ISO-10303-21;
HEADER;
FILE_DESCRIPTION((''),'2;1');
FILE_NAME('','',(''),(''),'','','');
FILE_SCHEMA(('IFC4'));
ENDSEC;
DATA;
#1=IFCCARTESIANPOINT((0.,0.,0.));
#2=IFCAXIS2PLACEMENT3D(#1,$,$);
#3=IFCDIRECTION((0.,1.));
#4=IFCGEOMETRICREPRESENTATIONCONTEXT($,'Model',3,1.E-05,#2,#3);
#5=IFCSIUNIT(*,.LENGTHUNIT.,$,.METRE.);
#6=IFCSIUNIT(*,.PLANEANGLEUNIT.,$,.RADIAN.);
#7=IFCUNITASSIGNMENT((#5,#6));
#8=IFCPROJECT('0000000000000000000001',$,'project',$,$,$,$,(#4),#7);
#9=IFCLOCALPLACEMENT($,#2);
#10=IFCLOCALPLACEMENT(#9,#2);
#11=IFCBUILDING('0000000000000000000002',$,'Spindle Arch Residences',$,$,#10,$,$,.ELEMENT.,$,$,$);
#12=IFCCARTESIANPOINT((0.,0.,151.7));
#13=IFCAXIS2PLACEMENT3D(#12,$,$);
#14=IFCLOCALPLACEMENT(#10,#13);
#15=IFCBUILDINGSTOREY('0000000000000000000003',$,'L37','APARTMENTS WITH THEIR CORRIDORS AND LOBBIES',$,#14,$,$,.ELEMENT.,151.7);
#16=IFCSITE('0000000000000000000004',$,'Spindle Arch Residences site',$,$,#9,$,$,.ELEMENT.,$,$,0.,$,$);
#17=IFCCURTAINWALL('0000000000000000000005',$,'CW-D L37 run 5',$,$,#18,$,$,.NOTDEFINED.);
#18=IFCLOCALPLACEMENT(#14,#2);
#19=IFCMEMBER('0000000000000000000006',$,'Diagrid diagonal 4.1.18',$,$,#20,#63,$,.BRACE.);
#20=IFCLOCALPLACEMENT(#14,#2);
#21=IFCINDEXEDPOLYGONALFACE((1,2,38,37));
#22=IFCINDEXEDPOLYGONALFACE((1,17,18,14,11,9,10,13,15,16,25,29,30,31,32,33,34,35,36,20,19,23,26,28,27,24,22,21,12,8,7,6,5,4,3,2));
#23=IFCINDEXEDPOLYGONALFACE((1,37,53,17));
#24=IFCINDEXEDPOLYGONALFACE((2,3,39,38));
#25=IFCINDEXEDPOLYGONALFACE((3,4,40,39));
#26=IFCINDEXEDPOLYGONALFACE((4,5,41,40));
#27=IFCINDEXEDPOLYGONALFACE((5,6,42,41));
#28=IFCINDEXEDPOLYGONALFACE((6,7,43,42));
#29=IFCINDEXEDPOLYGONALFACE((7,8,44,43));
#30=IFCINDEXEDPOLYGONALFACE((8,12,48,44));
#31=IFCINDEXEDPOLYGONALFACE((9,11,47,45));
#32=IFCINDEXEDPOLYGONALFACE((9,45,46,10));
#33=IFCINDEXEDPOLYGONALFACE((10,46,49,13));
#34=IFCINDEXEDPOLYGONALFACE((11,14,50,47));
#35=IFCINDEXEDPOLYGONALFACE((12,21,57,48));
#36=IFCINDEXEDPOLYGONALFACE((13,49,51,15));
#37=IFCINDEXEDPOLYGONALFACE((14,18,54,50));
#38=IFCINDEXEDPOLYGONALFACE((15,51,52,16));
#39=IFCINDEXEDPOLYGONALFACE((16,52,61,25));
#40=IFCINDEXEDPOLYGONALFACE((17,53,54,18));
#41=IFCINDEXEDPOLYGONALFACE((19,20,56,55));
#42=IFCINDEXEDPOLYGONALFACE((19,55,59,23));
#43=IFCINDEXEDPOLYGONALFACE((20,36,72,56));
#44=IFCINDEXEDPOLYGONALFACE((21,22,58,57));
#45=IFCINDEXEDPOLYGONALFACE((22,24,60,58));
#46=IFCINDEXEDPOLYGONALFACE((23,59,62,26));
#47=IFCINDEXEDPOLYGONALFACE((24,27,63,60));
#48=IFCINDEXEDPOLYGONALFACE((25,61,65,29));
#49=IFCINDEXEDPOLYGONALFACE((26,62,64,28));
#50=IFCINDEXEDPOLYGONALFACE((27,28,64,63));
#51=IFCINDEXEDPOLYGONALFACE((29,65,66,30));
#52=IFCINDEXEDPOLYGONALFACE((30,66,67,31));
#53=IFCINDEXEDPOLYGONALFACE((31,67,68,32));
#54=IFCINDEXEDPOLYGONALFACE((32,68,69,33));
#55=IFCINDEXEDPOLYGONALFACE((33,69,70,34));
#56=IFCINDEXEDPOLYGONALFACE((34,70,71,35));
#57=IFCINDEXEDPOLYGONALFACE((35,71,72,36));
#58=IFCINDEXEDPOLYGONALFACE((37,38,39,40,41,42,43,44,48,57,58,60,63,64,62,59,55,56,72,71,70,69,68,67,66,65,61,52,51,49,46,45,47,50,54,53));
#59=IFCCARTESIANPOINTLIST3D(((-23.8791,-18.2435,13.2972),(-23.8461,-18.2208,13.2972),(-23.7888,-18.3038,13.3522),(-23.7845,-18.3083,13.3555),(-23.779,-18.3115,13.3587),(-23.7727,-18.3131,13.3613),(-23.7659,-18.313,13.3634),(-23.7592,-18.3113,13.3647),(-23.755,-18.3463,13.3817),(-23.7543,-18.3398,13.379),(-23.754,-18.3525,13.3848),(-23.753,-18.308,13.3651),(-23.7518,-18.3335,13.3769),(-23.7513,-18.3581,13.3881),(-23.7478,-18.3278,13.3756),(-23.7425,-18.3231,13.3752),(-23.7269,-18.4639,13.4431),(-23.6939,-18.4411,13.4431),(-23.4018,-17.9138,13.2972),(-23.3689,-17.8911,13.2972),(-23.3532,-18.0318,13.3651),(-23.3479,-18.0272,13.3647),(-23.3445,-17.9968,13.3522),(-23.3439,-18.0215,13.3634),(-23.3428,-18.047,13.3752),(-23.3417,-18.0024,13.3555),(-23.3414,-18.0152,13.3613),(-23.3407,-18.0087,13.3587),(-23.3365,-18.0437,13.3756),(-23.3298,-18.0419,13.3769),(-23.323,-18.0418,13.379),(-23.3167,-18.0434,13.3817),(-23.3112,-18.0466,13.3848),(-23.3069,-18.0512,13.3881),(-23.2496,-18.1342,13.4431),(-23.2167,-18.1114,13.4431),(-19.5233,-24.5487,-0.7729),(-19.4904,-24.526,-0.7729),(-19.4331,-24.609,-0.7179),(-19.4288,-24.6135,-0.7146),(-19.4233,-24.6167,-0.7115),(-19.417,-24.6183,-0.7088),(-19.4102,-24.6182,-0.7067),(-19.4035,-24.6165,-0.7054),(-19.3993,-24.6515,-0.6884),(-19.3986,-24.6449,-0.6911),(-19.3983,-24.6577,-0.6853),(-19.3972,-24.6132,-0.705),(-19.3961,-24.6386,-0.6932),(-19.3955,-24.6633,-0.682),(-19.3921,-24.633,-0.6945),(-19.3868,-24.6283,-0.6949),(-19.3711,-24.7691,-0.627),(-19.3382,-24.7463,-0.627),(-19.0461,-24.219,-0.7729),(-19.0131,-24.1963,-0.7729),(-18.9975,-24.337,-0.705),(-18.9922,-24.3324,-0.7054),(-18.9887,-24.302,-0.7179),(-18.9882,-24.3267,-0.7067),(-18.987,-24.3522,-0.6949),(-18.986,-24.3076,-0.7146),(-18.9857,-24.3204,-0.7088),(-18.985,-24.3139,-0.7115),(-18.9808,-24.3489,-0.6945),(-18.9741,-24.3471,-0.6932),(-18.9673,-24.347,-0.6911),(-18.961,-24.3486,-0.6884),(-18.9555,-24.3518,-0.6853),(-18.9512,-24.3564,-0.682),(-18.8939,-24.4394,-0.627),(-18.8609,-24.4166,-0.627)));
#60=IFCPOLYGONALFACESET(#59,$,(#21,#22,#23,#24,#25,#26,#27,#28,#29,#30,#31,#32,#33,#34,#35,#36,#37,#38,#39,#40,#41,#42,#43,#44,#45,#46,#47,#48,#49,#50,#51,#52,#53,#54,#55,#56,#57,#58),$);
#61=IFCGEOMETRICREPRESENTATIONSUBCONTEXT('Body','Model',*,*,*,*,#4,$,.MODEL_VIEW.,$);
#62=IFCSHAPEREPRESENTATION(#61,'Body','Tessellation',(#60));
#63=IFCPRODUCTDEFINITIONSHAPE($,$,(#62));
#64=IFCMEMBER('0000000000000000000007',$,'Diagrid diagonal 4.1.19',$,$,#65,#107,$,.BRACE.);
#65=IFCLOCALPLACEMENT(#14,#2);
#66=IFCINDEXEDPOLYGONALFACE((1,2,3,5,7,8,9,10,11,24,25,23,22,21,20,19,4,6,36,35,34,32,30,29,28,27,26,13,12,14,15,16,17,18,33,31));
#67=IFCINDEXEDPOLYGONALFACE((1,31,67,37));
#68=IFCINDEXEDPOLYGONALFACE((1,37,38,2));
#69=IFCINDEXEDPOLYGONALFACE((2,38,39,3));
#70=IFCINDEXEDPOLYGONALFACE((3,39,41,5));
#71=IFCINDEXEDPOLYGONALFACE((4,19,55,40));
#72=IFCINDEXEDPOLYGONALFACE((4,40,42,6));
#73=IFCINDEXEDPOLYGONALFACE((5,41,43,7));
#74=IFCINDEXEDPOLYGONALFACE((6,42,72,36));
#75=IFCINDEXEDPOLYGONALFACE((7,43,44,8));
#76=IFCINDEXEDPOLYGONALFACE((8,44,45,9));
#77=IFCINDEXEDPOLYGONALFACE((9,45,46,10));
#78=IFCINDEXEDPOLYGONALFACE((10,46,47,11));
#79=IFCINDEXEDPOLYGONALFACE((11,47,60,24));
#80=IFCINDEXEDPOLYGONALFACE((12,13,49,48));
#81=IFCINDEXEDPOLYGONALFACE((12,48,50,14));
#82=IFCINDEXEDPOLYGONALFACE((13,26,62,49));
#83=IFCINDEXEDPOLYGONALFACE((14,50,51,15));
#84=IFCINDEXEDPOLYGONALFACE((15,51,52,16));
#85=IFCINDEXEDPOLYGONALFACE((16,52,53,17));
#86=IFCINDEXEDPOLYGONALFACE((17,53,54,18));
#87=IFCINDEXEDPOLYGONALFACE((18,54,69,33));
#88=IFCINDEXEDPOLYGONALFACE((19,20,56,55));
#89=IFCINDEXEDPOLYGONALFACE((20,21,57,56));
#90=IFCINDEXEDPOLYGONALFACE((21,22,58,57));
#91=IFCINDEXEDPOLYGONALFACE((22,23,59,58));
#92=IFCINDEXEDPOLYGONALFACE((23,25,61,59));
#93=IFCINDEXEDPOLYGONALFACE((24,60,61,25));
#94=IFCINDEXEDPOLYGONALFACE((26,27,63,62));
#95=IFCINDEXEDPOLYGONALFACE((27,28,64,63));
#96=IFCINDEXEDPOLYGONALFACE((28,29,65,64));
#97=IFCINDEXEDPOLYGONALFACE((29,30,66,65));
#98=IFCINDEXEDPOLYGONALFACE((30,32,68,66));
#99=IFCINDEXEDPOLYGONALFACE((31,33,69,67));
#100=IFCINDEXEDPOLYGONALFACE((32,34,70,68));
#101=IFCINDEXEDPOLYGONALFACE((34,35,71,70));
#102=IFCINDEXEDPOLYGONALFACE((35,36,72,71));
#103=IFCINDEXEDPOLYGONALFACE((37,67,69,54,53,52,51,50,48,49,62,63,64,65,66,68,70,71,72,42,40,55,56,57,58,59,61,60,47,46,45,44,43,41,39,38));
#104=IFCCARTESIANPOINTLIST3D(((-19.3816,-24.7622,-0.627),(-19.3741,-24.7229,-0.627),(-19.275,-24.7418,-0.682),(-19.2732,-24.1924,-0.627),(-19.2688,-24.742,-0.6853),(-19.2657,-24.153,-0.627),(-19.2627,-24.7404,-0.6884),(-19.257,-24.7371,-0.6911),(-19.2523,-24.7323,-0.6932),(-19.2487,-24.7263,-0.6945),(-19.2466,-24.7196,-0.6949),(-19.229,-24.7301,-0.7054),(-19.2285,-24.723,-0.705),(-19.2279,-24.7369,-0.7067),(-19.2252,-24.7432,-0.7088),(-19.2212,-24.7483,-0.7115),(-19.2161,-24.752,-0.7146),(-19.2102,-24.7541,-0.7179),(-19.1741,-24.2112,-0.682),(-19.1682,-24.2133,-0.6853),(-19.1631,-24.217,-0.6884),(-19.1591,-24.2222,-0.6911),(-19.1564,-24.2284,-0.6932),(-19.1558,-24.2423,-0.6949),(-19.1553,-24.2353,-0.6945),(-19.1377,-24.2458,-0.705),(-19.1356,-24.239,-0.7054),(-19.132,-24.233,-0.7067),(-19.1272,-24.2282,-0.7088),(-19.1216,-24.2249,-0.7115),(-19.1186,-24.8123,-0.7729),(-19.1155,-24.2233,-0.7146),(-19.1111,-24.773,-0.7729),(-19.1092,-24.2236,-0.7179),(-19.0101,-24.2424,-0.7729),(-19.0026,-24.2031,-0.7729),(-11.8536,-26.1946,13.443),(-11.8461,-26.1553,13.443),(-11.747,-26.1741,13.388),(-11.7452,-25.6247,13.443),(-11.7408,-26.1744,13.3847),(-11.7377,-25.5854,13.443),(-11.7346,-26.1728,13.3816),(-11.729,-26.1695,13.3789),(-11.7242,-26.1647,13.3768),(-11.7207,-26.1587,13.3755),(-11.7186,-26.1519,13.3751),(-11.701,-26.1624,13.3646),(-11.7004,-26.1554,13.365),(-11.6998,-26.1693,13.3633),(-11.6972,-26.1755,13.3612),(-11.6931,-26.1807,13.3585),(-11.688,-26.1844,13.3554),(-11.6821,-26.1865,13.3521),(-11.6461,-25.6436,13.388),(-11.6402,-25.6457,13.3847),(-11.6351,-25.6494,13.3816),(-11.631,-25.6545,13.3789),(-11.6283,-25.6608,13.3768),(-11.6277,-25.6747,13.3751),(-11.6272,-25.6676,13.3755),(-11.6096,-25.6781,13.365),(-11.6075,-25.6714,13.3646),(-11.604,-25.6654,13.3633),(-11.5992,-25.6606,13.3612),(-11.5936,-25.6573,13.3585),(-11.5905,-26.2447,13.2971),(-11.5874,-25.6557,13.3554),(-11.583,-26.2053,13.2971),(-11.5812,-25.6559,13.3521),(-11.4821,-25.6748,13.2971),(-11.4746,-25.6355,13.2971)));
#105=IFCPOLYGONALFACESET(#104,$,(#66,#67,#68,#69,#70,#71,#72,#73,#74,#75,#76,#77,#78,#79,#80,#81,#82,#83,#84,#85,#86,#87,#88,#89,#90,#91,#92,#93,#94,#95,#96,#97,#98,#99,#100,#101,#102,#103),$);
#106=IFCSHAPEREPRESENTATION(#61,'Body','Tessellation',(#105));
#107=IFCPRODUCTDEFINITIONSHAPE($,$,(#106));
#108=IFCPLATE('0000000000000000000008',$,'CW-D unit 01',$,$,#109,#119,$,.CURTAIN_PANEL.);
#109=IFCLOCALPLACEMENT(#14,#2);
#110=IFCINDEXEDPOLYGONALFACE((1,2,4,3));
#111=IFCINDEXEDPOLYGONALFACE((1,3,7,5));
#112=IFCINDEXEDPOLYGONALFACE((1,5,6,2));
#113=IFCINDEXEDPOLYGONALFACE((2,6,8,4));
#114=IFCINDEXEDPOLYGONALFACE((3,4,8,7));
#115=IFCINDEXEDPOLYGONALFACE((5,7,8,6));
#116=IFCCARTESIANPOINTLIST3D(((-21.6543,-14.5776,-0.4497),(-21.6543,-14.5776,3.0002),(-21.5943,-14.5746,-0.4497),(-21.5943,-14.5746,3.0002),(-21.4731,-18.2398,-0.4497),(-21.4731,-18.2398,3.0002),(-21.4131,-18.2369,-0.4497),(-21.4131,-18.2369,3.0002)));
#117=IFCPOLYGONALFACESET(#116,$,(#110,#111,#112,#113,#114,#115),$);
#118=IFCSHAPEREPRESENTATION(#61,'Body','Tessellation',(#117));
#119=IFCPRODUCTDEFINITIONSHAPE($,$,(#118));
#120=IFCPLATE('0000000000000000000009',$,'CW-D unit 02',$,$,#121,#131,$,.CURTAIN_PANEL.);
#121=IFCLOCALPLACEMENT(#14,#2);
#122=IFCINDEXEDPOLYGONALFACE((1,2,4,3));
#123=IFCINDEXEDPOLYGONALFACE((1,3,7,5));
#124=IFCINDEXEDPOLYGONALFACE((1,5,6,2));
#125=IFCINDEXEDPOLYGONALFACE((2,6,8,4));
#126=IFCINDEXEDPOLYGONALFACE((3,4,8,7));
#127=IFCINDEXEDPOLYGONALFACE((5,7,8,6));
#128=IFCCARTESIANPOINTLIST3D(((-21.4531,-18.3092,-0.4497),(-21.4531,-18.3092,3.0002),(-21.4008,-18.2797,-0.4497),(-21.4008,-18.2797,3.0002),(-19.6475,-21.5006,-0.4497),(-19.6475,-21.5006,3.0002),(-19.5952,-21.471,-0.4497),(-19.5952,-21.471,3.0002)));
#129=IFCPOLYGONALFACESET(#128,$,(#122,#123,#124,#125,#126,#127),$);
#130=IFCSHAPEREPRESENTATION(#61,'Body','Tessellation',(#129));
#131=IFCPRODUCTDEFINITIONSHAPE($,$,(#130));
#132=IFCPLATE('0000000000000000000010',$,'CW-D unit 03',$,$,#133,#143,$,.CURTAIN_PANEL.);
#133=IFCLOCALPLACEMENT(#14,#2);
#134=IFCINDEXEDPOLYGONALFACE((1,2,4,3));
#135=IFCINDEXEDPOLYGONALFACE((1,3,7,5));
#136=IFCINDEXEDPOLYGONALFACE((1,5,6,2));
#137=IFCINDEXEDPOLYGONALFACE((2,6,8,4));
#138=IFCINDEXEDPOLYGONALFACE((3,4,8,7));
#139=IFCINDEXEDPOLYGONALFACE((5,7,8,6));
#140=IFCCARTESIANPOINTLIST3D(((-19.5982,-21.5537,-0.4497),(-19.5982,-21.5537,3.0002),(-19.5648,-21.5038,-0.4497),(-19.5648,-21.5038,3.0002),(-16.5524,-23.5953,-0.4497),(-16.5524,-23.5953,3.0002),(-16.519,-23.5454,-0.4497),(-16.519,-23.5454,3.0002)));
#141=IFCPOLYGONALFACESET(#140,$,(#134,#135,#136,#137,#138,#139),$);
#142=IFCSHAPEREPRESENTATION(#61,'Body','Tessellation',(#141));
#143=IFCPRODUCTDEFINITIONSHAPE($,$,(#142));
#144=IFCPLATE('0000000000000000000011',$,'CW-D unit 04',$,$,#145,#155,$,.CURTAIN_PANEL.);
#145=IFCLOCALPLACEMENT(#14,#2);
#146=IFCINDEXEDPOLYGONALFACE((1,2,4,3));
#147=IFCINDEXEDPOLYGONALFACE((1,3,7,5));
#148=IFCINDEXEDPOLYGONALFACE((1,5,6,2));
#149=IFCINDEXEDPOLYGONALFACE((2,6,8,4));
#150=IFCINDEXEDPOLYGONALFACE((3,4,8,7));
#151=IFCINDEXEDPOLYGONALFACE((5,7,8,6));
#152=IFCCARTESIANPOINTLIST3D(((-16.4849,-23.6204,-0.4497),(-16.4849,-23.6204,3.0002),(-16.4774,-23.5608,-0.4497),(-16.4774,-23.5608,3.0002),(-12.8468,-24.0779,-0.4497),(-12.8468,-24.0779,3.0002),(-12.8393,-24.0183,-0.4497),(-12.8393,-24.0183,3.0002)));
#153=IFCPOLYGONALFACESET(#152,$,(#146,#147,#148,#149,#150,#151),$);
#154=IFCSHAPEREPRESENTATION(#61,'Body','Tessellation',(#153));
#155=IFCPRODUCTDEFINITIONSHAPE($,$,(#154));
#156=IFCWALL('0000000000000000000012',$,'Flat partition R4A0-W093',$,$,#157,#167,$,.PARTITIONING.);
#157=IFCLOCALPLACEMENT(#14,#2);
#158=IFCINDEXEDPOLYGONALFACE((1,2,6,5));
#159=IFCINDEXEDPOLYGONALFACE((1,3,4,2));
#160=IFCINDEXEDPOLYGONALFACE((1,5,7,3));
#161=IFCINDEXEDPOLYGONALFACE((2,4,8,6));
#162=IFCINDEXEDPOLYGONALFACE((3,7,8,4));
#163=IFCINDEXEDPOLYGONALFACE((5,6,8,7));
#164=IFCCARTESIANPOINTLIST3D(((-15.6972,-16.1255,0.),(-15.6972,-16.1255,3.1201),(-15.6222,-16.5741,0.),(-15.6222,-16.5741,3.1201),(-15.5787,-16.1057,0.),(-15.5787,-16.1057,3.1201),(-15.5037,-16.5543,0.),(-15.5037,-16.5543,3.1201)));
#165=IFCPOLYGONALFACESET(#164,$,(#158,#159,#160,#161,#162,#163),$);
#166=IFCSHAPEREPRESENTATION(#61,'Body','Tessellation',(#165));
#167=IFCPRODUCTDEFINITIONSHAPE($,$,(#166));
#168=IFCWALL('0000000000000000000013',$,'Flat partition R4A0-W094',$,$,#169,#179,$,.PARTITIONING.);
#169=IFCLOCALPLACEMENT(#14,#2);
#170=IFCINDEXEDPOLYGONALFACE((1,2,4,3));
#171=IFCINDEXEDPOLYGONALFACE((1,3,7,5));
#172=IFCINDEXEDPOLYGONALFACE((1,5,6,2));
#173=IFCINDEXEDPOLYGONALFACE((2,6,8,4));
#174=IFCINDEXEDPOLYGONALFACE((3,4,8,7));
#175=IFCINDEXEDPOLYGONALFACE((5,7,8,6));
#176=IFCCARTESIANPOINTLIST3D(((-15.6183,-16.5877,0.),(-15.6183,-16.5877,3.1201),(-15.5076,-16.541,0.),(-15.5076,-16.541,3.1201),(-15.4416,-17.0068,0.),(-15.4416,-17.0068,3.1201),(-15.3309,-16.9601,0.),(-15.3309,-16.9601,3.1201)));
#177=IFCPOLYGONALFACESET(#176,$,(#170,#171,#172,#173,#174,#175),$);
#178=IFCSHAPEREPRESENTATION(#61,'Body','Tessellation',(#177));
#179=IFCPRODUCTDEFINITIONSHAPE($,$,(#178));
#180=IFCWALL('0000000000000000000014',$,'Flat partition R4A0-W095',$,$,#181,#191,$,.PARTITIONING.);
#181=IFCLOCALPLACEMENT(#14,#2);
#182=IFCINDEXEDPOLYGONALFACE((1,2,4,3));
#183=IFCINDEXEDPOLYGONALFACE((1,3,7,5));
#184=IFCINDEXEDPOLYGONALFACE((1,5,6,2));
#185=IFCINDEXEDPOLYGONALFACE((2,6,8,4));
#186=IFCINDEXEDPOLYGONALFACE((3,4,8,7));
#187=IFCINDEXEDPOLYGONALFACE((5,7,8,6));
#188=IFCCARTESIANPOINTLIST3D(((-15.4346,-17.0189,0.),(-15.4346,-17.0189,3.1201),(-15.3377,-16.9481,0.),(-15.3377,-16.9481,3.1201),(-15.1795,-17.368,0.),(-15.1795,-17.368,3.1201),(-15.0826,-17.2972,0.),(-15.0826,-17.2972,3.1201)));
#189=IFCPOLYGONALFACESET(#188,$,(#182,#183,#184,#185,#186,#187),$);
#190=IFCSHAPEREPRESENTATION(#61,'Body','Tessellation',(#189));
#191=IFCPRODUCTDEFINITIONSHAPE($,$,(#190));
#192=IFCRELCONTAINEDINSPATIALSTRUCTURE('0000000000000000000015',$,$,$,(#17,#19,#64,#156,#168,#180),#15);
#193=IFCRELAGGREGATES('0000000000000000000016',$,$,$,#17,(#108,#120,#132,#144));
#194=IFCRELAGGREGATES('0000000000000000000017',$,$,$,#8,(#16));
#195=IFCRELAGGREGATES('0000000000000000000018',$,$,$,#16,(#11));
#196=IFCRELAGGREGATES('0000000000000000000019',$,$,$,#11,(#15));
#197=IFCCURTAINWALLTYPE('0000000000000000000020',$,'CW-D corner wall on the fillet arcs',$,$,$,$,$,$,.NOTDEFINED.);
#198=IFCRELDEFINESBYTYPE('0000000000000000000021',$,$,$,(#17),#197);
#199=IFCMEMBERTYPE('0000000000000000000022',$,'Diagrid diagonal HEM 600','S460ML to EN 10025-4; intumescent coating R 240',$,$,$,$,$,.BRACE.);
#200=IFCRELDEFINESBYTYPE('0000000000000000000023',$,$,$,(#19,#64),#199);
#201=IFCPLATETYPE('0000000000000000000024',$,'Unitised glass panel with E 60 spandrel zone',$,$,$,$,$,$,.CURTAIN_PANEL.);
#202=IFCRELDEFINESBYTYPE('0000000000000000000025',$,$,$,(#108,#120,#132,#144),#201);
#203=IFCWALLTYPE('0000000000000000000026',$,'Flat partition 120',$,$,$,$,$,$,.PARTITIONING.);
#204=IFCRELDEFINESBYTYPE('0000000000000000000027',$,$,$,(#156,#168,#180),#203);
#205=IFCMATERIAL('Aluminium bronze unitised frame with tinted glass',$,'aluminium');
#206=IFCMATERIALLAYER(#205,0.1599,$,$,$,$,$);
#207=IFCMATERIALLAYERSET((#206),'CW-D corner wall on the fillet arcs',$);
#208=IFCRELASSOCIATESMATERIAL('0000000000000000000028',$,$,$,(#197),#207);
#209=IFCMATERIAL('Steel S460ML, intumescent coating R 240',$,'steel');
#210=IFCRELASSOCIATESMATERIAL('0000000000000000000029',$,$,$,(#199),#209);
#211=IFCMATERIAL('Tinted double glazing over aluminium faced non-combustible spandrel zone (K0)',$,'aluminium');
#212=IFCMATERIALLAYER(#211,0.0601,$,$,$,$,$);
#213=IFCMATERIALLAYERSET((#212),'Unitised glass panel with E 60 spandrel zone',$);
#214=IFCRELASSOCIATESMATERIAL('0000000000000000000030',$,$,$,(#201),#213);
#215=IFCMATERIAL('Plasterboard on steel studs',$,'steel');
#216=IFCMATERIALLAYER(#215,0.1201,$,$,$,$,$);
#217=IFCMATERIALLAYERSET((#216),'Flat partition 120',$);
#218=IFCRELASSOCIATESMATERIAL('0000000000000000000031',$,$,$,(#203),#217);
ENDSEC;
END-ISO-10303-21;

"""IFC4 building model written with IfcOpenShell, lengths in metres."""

from ifc_helpers import new_model, si_unit, direction, frame, frame_2d, origin, origin_2d, place, context, subcontext, project, spatial, rectangle, i_section, extrude, material, layer, layer_set, material_profile, profile_set, type_object, element, aggregate, save


model = new_model("IFC4")

# Units and contexts
model_context = context("Model", 3, precision=1e-05, world=origin(), true_north=direction((0.0, 1.0)))
body_context = subcontext(model_context, "Body", "Model", "MODEL_VIEW")
ifc_project = project(units=[si_unit("LENGTHUNIT", "METRE"), si_unit("PLANEANGLEUNIT", "RADIAN")], contexts=[model_context])

# Site, building, storey
site_placement = place(None, origin())
site = spatial("IfcSite", under=ifc_project, at=site_placement, Name="Spindle Arch Residences site", CompositionType="ELEMENT", RefElevation=0.0)
building_placement = place(site_placement, origin())
building = spatial("IfcBuilding", under=site, at=building_placement, Name="Spindle Arch Residences", CompositionType="ELEMENT")
storey_placement = place(building_placement, frame((0.0, 0.0, 151.7)))
storey = spatial("IfcBuildingStorey", under=building, at=storey_placement, Name="L37", Description="APARTMENTS WITH THEIR CORRIDORS AND LOBBIES", CompositionType="ELEMENT", Elevation=151.7)

# Curtain wall
ifc_material_1 = material(Name="Aluminium bronze unitised frame with tinted glass", Category="aluminium")
ifc_layer_1 = layer(ifc_material_1, 0.1599)
ifc_layer_set_1 = layer_set([ifc_layer_1], Name="CW-D corner wall on the fillet arcs")
curtain_wall_type = type_object("IfcCurtainWallType", Name="CW-D corner wall on the fillet arcs", PredefinedType="NOTDEFINED", material=ifc_layer_set_1)
curtain_wall_placement = place(storey_placement, origin())
curtain_wall = element("IfcCurtainWall", 1, at=curtain_wall_placement, inside=storey, type_object=curtain_wall_type, Name="CW-D L37 run 5", PredefinedType="NOTDEFINED")

# Members
ifc_material_2 = material(Name="Steel S460ML, intumescent coating R 240", Category="steel")
ifc_material_profile_1 = material_profile(ifc_material_2, i_section(OverallWidth=0.3049, OverallDepth=0.6201, WebThickness=0.021, FlangeThickness=0.04, FilletRadius=0.0271, at=origin_2d()), Name="HEM 600")
ifc_profile_set_1 = profile_set([ifc_material_profile_1], Name="Steel S460ML, intumescent coating R 240")
member_type_1 = type_object("IfcMemberType", Name="Diagrid diagonal HEM 600", Description="S460ML to EN 10025-4; intumescent coating R 240", PredefinedType="BRACE", material=ifc_profile_set_1)
member_1_placement = place(storey_placement, frame((-19.1921, -24.4827, -0.7), z_axis=(-0.271864, 0.39354, 0.878189), x_axis=(0.499145, -0.722545, 0.478313)))
element("IfcMember", 2, at=member_1_placement, inside=storey, type_object=member_type_1, Name="Diagrid diagonal 4.1.18", PredefinedType="BRACE", context=body_context, shape_type="SweptSolid", body=[
    extrude(i_section(OverallWidth=0.3049, OverallDepth=0.6201, WebThickness=0.021, FlangeThickness=0.04, FilletRadius=0.0271, at=origin_2d()), origin(), (0.0, 0.0, 1.0), 16.0217),
])
member_2_placement = place(storey_placement, frame((-19.1921, -24.4827, -0.7), z_axis=(0.469872, -0.089403, 0.878196), x_axis=(-0.862718, 0.16415, 0.478301)))
element("IfcMember", 3, at=member_2_placement, inside=storey, type_object=member_type_1, Name="Diagrid diagonal 4.1.19", PredefinedType="BRACE", context=body_context, shape_type="SweptSolid", body=[
    extrude(i_section(OverallWidth=0.3049, OverallDepth=0.6201, WebThickness=0.021, FlangeThickness=0.04, FilletRadius=0.0271, at=origin_2d()), origin(), (0.0, 0.0, 1.0), 16.0215),
])

# Plates
ifc_material_3 = material(Name="Tinted double glazing over aluminium faced non-combustible spandrel zone (K0)", Category="aluminium")
ifc_layer_2 = layer(ifc_material_3, 0.0601)
ifc_layer_set_2 = layer_set([ifc_layer_2], Name="Unitised glass panel with E 60 spandrel zone")
plate_type = type_object("IfcPlateType", Name="Unitised glass panel with E 60 spandrel zone", PredefinedType="CURTAIN_PANEL", material=ifc_layer_set_2)
plate_1_placement = place(storey_placement, frame((-21.5337, -16.4072, -0.4497), z_axis=(0.0, 0.0, 1.0), x_axis=(0.049431, -0.998778, 0.0)))
plate_1 = element("IfcPlate", 4, at=plate_1_placement, type_object=plate_type, Name="CW-D unit 01", PredefinedType="CURTAIN_PANEL", context=body_context, shape_type="SweptSolid", body=[
    extrude(rectangle(XDim=3.6667, YDim=0.0601, at=origin_2d()), origin(), (0.0, 0.0, 1.0), 3.45),
])
plate_2_placement = place(storey_placement, frame((-20.5242, -19.8901, -0.4497), z_axis=(0.0, 0.0, 1.0), x_axis=(0.492424, -0.870356, 0.0)))
plate_2 = element("IfcPlate", 5, at=plate_2_placement, type_object=plate_type, Name="CW-D unit 02", PredefinedType="CURTAIN_PANEL", context=body_context, shape_type="SweptSolid", body=[
    extrude(rectangle(XDim=3.6667, YDim=0.0601, at=origin_2d()), origin(), (0.0, 0.0, 1.0), 3.45),
])
plate_3_placement = place(storey_placement, frame((-18.0586, -22.5496, -0.4497), z_axis=(0.0, 0.0, 1.0), x_axis=(0.830661, -0.556779, 0.0)))
plate_3 = element("IfcPlate", 6, at=plate_3_placement, type_object=plate_type, Name="CW-D unit 03", PredefinedType="CURTAIN_PANEL", context=body_context, shape_type="SweptSolid", body=[
    extrude(rectangle(XDim=3.6667, YDim=0.0601, at=origin_2d()), origin(), (0.0, 0.0, 1.0), 3.45),
])
plate_4_placement = place(storey_placement, frame((-14.6621, -23.8193, -0.4497), z_axis=(0.0, 0.0, 1.0), x_axis=(0.992187, -0.124756, 0.0)))
plate_4 = element("IfcPlate", 7, at=plate_4_placement, type_object=plate_type, Name="CW-D unit 04", PredefinedType="CURTAIN_PANEL", context=body_context, shape_type="SweptSolid", body=[
    extrude(rectangle(XDim=3.6667, YDim=0.0601, at=origin_2d()), origin(), (0.0, 0.0, 1.0), 3.45),
])
aggregate(curtain_wall, [plate_1, plate_2, plate_3, plate_4])

# Walls
ifc_material_4 = material(Name="Plasterboard on steel studs", Category="steel")
ifc_layer_3 = layer(ifc_material_4, 0.1201)
ifc_layer_set_3 = layer_set([ifc_layer_3], Name="Flat partition 120")
wall_type_1 = type_object("IfcWallType", Name="Flat partition 120", PredefinedType="PARTITIONING", material=ifc_layer_set_3)
for number, where, z_axis, x_axis, name in (
    (8, (-15.6379, -16.1155, 0.0), (0.0, 0.0, 1.0), (0.164747, -0.986336, 0.0), "Flat partition R4A0-W093"),
    (9, (-15.563, -16.5642, 0.0), (0.0, 0.0, 1.0), (0.388537, -0.921433, 0.0), "Flat partition R4A0-W094"),
):
    element("IfcWall", number, at=place(storey_placement, frame(where, z_axis=z_axis, x_axis=x_axis)), inside=storey, type_object=wall_type_1, Name=name, PredefinedType="PARTITIONING", context=body_context, shape_type="SweptSolid", body=[
        extrude(rectangle(XDim=0.4548, YDim=0.1201, at=frame_2d((0.2275, 0.0))), origin(), (0.0, 0.0, 1.0), 3.1201),
    ])
wall_1_placement = place(storey_placement, frame((-15.3862, -16.9834, 0.0), z_axis=(0.0, 0.0, 1.0), x_axis=(0.590017, -0.807391, 0.0)))
element("IfcWall", 10, at=wall_1_placement, inside=storey, type_object=wall_type_1, Name="Flat partition R4A0-W095", PredefinedType="PARTITIONING", context=body_context, shape_type="SweptSolid", body=[
    extrude(rectangle(XDim=0.4324, YDim=0.1201, at=frame_2d((0.2163, 0.0))), origin(), (0.0, 0.0, 1.0), 3.1201),
])

save(model, "model.ifc")
